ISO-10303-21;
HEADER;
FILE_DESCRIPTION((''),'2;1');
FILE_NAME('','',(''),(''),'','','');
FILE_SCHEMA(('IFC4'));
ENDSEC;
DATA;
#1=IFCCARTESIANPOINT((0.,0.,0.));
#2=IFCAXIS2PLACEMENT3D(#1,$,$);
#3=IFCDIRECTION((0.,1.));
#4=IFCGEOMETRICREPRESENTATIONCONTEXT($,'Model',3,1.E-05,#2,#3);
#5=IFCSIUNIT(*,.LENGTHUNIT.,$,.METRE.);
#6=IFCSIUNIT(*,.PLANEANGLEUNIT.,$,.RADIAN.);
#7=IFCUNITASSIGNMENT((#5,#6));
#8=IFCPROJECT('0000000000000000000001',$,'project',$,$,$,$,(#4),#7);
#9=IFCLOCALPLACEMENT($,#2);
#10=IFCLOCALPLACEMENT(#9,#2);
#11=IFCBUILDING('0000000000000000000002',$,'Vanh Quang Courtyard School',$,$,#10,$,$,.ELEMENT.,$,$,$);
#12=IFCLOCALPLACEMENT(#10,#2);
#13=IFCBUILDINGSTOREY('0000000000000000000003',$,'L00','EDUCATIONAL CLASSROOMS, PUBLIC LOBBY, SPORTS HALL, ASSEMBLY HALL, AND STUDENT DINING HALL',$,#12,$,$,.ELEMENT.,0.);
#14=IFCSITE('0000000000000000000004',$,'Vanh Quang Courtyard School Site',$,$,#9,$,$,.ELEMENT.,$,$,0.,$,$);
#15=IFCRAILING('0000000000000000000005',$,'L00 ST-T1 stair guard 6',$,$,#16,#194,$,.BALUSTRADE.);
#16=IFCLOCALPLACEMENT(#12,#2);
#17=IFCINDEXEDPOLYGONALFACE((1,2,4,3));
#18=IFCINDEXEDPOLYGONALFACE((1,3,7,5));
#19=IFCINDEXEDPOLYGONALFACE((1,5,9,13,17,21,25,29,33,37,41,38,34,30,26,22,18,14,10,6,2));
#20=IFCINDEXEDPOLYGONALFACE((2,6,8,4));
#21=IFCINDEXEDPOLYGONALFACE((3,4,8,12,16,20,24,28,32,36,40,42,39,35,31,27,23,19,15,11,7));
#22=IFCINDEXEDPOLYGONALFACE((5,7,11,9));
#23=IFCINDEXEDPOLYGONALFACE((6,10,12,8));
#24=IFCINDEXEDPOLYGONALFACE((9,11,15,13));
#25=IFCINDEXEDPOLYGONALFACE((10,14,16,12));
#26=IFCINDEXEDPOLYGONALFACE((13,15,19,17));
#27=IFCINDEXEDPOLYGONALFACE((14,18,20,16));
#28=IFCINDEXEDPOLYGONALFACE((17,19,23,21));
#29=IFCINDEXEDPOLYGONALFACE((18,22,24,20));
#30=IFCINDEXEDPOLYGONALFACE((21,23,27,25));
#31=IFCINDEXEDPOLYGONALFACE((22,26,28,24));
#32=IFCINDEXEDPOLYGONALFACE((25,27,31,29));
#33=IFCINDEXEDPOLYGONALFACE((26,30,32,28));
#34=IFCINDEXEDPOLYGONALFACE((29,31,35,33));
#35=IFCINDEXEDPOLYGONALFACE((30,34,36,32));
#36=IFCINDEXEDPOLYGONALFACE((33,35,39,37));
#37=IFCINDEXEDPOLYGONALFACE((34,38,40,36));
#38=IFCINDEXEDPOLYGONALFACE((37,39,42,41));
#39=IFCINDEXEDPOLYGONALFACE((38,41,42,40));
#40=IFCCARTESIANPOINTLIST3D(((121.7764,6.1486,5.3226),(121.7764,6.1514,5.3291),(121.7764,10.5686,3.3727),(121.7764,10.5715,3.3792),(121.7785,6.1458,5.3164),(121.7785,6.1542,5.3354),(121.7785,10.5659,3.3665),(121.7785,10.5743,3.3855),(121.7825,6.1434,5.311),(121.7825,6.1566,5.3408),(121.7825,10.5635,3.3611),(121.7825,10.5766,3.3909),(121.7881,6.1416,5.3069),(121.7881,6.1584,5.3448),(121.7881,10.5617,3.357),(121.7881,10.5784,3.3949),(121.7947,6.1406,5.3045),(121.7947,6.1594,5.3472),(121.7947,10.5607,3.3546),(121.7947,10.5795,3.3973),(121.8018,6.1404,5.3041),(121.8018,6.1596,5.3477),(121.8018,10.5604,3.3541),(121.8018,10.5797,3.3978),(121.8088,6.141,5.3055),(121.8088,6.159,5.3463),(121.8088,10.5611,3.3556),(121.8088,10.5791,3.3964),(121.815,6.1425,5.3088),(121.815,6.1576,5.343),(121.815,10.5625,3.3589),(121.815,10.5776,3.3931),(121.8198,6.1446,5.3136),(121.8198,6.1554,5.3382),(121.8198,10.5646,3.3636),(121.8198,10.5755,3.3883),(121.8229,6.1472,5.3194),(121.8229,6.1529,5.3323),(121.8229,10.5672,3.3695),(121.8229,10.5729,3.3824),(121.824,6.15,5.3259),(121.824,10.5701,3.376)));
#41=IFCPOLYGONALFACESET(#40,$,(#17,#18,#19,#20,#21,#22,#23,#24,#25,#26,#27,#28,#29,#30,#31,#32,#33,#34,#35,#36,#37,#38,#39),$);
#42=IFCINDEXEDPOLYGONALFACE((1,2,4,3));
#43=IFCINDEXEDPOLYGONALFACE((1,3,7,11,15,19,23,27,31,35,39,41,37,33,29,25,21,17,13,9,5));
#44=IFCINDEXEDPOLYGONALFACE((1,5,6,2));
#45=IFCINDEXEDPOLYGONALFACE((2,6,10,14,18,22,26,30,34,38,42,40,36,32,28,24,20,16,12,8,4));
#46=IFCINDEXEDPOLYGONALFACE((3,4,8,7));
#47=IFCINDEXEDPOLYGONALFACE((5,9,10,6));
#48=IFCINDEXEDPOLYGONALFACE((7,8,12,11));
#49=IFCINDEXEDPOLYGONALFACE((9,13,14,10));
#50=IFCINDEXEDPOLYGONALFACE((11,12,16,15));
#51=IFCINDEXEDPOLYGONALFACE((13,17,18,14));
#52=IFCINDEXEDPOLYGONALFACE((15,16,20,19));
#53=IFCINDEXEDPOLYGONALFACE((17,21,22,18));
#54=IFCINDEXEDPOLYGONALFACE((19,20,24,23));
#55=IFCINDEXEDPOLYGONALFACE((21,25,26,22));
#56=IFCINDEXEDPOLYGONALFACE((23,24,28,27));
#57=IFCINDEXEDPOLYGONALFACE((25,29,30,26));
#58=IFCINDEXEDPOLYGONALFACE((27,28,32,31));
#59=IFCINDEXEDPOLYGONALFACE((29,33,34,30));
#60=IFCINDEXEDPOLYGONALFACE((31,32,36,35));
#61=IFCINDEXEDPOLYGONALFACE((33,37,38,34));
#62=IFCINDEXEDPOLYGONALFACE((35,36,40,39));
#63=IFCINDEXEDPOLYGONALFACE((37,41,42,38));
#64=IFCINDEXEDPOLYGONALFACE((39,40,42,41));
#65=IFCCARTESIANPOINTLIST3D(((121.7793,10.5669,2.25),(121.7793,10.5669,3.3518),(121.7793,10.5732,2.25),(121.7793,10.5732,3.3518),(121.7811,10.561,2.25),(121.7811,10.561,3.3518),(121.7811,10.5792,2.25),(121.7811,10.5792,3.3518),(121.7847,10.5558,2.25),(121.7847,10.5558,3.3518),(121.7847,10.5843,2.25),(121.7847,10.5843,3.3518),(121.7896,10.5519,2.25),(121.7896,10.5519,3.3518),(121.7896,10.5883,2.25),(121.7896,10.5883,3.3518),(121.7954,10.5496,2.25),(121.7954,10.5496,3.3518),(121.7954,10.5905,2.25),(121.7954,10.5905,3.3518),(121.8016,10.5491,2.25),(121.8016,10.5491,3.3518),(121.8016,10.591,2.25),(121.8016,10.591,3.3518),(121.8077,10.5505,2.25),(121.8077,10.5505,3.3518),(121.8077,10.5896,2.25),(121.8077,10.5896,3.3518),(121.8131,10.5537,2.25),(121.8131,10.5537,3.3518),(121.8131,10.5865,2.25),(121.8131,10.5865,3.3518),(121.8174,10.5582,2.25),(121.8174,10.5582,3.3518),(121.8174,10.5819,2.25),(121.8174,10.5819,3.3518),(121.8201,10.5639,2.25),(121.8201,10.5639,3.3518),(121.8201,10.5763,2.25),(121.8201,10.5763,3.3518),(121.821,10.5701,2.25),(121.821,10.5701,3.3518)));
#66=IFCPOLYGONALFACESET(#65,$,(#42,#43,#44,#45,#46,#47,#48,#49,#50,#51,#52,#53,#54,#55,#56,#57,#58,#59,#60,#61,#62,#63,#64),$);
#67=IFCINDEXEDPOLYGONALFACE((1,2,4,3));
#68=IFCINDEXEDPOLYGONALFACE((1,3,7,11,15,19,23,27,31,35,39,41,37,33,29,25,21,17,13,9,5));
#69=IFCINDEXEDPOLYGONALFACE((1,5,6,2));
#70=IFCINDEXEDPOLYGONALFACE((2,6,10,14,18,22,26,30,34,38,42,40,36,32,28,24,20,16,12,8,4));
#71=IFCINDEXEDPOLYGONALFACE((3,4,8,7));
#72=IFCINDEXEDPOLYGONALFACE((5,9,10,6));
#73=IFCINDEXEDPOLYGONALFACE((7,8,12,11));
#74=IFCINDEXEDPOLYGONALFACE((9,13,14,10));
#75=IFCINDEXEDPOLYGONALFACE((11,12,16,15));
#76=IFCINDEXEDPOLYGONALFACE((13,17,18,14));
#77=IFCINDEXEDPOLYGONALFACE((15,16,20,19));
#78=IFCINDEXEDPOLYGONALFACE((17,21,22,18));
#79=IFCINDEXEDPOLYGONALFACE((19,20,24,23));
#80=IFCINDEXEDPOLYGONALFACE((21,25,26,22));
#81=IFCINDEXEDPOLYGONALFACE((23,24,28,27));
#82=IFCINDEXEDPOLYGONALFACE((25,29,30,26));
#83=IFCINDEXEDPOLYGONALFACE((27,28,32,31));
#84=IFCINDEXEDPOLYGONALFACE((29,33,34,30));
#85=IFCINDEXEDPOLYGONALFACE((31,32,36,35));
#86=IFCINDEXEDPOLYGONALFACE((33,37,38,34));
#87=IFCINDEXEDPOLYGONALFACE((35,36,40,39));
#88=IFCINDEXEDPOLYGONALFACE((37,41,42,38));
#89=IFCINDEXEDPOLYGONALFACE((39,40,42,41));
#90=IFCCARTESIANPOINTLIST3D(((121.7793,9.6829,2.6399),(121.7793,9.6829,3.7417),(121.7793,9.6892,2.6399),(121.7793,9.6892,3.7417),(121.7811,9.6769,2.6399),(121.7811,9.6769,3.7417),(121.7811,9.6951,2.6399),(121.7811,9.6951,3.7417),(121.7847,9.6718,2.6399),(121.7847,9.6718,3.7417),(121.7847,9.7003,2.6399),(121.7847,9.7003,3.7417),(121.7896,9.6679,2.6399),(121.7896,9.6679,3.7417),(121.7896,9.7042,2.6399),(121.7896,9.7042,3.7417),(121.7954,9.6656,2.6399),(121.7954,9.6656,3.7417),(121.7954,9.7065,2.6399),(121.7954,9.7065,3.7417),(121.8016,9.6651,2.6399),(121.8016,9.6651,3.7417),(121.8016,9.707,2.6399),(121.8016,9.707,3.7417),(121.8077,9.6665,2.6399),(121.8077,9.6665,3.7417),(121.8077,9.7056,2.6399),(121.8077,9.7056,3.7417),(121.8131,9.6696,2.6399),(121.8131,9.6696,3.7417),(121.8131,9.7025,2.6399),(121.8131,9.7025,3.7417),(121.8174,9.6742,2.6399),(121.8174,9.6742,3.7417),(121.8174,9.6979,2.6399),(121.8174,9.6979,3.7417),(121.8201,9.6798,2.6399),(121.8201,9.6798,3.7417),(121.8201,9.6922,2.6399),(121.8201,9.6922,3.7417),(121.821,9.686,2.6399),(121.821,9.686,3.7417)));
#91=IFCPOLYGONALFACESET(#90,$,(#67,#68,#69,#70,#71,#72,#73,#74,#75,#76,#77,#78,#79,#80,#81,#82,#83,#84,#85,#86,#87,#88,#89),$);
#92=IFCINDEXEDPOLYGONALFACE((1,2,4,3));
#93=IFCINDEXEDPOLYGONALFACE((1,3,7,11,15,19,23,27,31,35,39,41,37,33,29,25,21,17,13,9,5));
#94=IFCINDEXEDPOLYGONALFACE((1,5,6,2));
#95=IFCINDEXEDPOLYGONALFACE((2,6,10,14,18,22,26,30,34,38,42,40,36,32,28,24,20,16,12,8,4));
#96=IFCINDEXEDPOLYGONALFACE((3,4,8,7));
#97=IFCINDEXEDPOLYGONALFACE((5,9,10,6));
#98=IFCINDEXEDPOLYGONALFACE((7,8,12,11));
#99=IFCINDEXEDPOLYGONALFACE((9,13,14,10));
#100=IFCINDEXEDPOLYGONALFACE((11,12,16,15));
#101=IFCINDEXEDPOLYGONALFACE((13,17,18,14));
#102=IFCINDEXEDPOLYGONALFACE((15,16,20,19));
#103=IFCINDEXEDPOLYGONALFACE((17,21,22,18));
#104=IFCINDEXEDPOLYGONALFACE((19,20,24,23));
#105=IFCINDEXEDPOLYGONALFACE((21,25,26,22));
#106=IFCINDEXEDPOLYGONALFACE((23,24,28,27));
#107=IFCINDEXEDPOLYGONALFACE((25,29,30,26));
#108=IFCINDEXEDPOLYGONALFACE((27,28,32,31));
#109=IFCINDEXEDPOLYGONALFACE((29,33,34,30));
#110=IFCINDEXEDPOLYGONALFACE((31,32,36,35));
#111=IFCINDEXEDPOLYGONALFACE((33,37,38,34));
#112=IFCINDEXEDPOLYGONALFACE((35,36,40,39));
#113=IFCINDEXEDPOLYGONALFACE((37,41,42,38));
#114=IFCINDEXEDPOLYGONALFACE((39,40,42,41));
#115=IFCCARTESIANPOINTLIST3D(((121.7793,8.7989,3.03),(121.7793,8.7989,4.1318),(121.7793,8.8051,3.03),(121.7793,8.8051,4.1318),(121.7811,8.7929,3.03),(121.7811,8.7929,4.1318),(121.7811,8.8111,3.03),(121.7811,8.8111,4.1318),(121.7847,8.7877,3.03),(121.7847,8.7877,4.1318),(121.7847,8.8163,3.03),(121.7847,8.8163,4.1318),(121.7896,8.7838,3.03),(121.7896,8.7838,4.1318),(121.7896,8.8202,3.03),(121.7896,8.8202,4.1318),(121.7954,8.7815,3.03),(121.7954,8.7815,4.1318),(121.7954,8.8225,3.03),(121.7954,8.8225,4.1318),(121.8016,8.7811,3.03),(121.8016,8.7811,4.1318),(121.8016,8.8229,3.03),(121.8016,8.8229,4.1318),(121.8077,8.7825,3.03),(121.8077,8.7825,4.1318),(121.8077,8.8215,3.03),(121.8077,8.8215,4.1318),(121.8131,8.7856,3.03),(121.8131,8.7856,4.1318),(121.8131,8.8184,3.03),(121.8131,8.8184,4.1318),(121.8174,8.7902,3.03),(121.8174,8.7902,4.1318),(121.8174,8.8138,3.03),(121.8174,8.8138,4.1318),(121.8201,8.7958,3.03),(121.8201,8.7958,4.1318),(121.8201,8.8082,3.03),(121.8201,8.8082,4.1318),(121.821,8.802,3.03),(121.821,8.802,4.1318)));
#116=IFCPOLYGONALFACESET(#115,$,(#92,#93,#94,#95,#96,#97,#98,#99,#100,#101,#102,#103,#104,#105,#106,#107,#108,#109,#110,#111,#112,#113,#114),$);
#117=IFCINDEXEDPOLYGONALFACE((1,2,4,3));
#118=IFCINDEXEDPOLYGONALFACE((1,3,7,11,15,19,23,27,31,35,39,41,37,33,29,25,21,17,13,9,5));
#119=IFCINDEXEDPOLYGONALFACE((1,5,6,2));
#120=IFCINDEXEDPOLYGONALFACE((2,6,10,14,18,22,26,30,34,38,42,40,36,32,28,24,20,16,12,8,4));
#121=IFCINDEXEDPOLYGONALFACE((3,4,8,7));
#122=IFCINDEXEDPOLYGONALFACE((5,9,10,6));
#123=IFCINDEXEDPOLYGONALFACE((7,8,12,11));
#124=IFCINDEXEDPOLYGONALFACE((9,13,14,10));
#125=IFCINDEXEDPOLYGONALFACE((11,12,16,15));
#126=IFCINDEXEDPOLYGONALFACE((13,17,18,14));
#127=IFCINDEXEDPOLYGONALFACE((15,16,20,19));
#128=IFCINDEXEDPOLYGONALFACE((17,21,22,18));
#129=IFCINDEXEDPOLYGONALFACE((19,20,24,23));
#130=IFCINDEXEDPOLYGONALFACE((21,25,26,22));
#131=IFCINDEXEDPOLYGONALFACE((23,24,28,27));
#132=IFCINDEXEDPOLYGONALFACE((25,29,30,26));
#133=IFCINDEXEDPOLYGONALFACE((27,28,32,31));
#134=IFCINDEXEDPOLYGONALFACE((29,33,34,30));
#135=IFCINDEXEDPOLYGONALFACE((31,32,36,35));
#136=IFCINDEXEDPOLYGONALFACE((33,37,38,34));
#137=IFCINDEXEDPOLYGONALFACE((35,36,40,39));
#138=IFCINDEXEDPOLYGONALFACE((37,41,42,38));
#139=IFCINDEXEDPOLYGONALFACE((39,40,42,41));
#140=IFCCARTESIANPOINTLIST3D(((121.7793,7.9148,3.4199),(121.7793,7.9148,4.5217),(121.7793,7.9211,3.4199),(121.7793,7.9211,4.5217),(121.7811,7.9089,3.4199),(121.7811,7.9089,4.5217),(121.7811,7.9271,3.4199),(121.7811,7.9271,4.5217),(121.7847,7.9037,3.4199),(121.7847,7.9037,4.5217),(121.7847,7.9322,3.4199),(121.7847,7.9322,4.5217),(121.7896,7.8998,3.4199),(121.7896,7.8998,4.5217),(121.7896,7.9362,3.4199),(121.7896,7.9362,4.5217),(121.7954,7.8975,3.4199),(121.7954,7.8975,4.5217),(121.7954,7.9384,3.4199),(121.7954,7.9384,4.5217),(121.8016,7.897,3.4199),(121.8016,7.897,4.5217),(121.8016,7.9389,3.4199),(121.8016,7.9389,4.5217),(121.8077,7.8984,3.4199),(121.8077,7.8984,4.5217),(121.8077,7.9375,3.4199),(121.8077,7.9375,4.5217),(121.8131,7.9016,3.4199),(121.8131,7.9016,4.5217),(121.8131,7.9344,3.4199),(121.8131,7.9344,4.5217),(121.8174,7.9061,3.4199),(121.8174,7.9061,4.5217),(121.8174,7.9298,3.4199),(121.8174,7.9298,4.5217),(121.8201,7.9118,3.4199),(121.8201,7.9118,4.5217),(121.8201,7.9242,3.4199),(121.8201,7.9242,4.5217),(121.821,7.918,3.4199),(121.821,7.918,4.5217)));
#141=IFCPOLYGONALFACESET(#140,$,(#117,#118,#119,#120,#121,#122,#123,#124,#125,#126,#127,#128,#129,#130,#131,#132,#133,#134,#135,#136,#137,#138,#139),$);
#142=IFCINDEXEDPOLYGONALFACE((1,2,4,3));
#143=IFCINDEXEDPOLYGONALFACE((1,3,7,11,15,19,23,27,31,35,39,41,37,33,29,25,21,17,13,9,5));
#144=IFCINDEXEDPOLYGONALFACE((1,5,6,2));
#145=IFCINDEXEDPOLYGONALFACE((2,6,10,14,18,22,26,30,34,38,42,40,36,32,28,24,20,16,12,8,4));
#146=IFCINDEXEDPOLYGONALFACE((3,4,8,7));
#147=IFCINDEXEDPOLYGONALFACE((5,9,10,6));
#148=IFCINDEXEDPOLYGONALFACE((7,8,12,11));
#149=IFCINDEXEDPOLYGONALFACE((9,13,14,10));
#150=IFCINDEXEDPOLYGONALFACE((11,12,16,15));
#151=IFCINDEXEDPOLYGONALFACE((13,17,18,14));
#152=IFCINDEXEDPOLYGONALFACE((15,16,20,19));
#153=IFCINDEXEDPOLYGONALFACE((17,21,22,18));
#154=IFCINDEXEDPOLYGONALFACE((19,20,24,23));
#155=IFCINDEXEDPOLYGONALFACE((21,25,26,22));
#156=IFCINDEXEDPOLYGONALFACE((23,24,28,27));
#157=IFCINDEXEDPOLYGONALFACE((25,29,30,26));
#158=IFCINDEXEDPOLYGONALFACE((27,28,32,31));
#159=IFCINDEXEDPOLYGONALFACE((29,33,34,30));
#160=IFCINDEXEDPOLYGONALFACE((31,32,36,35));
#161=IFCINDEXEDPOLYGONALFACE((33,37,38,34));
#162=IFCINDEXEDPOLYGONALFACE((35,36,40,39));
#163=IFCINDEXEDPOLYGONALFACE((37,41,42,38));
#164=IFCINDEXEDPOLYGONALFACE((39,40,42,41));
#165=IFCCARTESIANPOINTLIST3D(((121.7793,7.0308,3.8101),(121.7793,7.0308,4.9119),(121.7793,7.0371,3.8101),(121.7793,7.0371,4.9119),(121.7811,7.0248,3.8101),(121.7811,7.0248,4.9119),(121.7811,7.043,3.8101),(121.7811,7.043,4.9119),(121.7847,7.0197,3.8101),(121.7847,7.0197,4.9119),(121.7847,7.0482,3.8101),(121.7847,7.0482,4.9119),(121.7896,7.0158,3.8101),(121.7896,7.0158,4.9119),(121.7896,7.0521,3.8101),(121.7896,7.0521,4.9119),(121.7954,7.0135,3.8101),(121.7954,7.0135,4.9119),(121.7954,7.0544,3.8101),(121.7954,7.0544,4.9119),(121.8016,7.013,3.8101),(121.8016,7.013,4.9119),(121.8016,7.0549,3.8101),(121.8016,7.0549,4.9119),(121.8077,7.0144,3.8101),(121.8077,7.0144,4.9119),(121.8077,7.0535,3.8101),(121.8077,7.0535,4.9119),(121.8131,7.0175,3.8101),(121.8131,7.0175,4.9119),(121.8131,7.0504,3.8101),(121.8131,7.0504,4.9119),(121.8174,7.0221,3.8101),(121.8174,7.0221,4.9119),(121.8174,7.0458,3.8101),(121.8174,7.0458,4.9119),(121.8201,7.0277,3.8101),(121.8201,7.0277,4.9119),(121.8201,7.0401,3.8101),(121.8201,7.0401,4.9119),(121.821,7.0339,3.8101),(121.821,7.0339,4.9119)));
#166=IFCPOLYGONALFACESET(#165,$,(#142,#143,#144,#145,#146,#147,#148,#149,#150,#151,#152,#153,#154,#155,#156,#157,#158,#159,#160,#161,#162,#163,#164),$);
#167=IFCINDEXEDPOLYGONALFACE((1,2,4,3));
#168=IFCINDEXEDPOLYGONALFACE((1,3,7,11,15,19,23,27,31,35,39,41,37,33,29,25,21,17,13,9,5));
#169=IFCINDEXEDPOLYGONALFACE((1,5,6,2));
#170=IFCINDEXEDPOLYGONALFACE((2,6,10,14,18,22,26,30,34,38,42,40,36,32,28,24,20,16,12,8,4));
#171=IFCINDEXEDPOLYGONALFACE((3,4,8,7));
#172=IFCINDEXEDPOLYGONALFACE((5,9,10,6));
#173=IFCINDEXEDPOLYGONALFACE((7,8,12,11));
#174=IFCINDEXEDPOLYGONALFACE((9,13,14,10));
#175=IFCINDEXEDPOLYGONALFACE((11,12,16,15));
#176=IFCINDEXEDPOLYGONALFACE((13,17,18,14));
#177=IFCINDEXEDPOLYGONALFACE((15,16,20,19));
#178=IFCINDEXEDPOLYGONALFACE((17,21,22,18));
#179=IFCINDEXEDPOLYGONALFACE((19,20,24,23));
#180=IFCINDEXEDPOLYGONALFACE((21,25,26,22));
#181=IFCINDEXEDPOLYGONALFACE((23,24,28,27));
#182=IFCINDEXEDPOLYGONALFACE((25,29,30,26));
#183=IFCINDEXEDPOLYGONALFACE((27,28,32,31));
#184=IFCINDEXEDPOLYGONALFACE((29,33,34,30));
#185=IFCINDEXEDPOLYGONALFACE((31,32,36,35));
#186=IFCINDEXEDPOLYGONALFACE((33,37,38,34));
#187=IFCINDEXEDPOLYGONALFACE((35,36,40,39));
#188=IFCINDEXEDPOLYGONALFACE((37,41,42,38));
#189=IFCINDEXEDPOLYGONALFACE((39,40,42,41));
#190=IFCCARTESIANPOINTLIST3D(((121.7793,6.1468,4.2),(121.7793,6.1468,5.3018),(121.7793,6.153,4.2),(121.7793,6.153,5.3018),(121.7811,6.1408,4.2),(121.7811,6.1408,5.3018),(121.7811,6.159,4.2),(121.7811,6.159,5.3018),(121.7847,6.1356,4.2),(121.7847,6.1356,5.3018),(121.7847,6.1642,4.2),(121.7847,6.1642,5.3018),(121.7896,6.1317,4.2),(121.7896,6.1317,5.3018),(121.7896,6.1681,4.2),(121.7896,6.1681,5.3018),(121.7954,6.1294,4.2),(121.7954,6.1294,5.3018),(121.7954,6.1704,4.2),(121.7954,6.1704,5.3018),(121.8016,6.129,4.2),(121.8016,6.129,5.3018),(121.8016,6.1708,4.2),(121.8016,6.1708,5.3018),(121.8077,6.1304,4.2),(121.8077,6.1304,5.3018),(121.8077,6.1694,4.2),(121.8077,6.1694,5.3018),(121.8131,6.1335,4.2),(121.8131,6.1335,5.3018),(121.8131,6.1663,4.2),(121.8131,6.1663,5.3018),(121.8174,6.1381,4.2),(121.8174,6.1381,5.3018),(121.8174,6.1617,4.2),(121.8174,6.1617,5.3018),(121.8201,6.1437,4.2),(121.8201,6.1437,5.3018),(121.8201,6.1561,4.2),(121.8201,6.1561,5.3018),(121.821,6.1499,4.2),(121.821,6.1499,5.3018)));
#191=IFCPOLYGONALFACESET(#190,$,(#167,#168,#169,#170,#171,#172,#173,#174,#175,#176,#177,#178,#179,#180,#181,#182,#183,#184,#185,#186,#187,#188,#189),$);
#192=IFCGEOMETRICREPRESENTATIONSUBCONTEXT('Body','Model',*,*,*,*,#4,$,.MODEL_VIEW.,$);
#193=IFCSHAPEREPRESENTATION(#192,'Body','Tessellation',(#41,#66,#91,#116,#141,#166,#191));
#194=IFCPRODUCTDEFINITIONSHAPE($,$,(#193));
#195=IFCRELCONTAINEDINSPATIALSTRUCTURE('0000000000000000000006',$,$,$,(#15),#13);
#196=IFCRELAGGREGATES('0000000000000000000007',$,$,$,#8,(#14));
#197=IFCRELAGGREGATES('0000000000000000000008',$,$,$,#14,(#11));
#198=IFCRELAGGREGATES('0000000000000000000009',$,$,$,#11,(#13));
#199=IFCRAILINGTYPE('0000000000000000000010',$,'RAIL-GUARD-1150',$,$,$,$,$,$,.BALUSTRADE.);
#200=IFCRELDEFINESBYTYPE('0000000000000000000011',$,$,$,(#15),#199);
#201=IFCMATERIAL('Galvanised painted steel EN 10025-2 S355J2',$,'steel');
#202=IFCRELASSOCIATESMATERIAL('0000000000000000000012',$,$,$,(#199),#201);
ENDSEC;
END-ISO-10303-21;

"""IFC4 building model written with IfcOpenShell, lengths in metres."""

from ifc_helpers import new_model, si_unit, direction, frame, origin, origin_2d, place, context, subcontext, project, spatial, circle, extrude, material, type_object, element, save


model = new_model("IFC4")

# Units and contexts
model_context = context("Model", 3, precision=1e-05, world=origin(), true_north=direction((0.0, 1.0)))
body_context = subcontext(model_context, "Body", "Model", "MODEL_VIEW")
ifc_project = project(units=[si_unit("LENGTHUNIT", "METRE"), si_unit("PLANEANGLEUNIT", "RADIAN")], contexts=[model_context])

# Site, building, storey
site_placement = place(None, origin())
site = spatial("IfcSite", under=ifc_project, at=site_placement, Name="Vanh Quang Courtyard School Site", CompositionType="ELEMENT", RefElevation=0.0)
building_placement = place(site_placement, origin())
building = spatial("IfcBuilding", under=site, at=building_placement, Name="Vanh Quang Courtyard School", CompositionType="ELEMENT")
storey_placement = place(building_placement, origin())
storey = spatial("IfcBuildingStorey", under=building, at=storey_placement, Name="L00", Description="EDUCATIONAL CLASSROOMS, PUBLIC LOBBY, SPORTS HALL, ASSEMBLY HALL, AND STUDENT DINING HALL", CompositionType="ELEMENT", Elevation=0.0)

# Railing
ifc_material_1 = material(Name="Galvanised painted steel EN 10025-2 S355J2", Category="steel")
railing_type_1 = type_object("IfcRailingType", Name="RAIL-GUARD-1150", PredefinedType="BALUSTRADE", material=ifc_material_1)
railing_1_placement = place(storey_placement, frame((121.8, 10.5701, 2.25)))
element("IfcRailing", 1, at=railing_1_placement, inside=storey, type_object=railing_type_1, Name="L00 ST-T1 stair guard 6", PredefinedType="BALUSTRADE", context=body_context, shape_type="SweptSolid", body=[
    extrude(circle(Radius=0.0239, at=origin_2d()), frame((0.0, 0.0, 1.126), z_axis=(0.0, -0.914927, 0.403619), x_axis=(1.0, 0.0, 0.0)), (0.0, 0.0, 1.0), 4.8311),
    extrude(circle(Radius=0.021, at=origin_2d()), origin(), (0.0, 0.0, 1.0), 1.1018),
    extrude(circle(Radius=0.021, at=origin_2d()), frame((0.0, -0.884, 0.3899)), (0.0, 0.0, 1.0), 1.1018),
    extrude(circle(Radius=0.021, at=origin_2d()), frame((0.0, -1.7681, 0.78)), (0.0, 0.0, 1.0), 1.1018),
    extrude(circle(Radius=0.021, at=origin_2d()), frame((0.0, -2.6521, 1.1699)), (0.0, 0.0, 1.0), 1.1018),
    extrude(circle(Radius=0.021, at=origin_2d()), frame((0.0, -3.5361, 1.5601)), (0.0, 0.0, 1.0), 1.1018),
    extrude(circle(Radius=0.021, at=origin_2d()), frame((0.0, -4.4202, 1.95)), (0.0, 0.0, 1.0), 1.1018),
])

save(model, "model.ifc")
